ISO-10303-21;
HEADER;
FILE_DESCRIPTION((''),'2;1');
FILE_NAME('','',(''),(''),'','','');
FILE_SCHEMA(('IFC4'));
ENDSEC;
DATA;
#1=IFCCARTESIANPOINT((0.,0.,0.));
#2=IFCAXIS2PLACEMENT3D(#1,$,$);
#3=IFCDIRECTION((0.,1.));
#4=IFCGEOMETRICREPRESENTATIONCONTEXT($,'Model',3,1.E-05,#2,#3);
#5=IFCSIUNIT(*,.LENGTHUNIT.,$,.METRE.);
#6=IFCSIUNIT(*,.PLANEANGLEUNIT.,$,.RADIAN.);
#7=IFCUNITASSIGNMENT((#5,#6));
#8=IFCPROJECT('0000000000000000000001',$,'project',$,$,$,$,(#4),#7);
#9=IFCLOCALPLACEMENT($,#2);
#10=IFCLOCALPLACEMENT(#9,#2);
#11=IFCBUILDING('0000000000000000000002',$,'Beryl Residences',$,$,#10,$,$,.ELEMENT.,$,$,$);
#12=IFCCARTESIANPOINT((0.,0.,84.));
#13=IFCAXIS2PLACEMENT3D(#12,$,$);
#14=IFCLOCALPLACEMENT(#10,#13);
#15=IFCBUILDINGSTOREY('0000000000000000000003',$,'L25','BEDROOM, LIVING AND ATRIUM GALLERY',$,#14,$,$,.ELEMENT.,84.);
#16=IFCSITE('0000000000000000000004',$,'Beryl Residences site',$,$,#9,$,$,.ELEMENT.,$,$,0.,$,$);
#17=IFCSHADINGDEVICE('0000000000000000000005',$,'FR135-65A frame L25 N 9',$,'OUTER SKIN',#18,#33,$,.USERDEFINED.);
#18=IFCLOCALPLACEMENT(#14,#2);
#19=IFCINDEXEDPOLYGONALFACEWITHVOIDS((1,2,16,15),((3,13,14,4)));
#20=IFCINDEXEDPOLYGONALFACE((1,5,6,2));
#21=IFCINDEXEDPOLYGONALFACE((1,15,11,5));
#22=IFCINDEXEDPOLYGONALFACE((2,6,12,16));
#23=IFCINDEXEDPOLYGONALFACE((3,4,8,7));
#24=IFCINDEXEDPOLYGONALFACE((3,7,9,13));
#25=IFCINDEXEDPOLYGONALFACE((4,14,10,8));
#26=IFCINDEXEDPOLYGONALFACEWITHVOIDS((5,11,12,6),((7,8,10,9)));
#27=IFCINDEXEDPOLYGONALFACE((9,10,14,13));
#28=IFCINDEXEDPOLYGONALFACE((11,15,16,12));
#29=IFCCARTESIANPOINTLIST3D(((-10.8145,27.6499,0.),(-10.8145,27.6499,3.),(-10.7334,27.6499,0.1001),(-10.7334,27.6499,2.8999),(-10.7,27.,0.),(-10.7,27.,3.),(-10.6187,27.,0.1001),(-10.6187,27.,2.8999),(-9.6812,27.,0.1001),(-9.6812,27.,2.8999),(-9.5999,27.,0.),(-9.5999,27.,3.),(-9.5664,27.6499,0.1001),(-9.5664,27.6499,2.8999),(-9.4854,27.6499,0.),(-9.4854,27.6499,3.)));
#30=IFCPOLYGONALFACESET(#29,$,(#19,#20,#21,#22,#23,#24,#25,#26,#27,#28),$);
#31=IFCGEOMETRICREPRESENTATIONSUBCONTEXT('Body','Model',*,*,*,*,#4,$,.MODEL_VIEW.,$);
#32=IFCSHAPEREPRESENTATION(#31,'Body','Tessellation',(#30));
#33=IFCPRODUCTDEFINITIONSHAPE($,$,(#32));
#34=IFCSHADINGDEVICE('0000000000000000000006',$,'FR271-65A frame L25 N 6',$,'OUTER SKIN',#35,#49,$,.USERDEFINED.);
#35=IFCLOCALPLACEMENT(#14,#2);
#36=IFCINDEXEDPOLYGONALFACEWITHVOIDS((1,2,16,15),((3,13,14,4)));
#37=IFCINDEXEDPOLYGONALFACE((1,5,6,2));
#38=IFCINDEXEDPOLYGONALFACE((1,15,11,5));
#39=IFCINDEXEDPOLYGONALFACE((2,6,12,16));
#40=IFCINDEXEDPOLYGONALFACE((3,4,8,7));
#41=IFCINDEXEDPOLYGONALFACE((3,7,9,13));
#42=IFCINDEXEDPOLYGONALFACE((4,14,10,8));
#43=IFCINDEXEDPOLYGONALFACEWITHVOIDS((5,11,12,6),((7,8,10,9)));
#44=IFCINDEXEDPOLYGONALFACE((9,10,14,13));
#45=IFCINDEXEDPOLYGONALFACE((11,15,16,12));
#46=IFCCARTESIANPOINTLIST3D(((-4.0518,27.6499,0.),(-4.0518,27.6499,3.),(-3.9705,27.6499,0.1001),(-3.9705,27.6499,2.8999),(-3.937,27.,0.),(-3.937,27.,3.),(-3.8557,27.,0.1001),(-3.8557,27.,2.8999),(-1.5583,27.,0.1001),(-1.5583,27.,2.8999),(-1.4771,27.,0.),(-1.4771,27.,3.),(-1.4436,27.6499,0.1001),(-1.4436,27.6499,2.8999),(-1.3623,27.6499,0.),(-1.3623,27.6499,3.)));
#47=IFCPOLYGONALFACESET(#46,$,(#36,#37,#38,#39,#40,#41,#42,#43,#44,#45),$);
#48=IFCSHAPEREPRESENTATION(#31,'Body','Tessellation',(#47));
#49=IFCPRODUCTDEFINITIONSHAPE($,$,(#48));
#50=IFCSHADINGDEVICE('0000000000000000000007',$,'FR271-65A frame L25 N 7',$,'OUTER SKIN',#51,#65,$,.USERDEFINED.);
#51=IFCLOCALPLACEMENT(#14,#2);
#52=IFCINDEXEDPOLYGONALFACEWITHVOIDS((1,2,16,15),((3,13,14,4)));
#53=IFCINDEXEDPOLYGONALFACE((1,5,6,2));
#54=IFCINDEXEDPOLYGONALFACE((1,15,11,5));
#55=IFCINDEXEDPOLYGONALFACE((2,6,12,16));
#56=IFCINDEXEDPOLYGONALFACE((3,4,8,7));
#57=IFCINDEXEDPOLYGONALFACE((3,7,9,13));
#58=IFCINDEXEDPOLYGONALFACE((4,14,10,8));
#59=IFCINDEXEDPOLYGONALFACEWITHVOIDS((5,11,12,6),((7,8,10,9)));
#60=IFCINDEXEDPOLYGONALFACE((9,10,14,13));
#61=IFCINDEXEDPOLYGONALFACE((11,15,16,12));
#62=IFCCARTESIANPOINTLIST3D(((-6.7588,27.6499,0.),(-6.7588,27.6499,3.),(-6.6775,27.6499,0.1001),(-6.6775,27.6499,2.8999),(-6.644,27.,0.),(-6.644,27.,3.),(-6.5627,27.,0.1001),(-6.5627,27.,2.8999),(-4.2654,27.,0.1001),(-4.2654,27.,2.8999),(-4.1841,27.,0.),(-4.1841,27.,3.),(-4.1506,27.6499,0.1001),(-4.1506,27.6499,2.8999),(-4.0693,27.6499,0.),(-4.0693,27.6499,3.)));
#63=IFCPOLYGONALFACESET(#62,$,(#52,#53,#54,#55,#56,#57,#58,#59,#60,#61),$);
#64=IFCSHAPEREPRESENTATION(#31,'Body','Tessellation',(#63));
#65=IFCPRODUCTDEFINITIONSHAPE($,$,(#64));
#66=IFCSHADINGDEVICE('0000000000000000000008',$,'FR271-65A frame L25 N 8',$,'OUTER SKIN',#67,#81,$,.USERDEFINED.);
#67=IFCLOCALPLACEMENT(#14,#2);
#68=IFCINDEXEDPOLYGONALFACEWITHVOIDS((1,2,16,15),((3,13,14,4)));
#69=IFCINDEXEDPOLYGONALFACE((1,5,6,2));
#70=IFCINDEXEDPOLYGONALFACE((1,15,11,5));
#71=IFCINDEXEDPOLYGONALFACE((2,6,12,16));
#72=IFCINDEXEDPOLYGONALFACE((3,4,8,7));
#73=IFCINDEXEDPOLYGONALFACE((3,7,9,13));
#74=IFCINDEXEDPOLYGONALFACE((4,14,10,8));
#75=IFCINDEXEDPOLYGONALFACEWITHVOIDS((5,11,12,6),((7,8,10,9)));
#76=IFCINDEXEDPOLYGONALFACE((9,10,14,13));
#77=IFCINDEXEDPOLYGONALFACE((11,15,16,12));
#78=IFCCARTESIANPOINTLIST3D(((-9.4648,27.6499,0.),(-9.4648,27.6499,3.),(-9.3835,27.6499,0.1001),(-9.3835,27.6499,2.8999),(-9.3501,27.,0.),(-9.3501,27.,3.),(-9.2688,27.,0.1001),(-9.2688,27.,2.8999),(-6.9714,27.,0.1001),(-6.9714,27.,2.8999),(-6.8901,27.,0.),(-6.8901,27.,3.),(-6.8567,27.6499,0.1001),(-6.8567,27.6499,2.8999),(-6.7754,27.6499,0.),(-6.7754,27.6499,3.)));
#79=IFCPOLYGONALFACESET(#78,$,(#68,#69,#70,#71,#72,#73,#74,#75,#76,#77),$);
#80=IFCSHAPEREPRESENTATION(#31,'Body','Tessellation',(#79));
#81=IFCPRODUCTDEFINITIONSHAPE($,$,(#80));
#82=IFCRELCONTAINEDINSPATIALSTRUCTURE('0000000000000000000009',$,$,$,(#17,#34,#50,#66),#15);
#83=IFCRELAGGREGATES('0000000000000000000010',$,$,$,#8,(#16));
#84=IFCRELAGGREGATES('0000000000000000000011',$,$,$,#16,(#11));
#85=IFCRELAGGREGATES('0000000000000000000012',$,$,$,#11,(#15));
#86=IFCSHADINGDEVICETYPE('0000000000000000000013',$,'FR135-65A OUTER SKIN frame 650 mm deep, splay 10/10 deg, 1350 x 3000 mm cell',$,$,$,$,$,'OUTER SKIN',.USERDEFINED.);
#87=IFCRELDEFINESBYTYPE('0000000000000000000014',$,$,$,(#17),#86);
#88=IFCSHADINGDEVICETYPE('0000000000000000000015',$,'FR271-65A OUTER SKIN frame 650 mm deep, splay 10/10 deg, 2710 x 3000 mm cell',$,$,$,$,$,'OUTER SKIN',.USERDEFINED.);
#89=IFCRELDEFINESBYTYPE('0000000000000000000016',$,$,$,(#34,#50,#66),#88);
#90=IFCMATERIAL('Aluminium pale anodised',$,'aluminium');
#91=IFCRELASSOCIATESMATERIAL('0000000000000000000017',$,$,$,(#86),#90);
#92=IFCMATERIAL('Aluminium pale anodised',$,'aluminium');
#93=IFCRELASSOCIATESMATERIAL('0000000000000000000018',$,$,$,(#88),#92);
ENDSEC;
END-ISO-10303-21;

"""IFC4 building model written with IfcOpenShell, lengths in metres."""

from ifc_helpers import new_model, entity, si_unit, direction, frame, origin, place, context, subcontext, project, spatial, source, transform, mapped, material, type_object, type_shapes, element, save


model = new_model("IFC4")

# Units and contexts
model_context = context("Model", 3, precision=1e-05, world=origin(), true_north=direction((0.0, 1.0)))
body_context = subcontext(model_context, "Body", "Model", "MODEL_VIEW")
ifc_project = project(units=[si_unit("LENGTHUNIT", "METRE"), si_unit("PLANEANGLEUNIT", "RADIAN")], contexts=[model_context])

# Site, building, storey
site_placement = place(None, origin())
site = spatial("IfcSite", under=ifc_project, at=site_placement, Name="Beryl Residences site", CompositionType="ELEMENT", RefElevation=0.0)
building_placement = place(site_placement, origin())
building = spatial("IfcBuilding", under=site, at=building_placement, Name="Beryl Residences", CompositionType="ELEMENT")
storey_placement = place(building_placement, frame((0.0, 0.0, 84.0)))
storey = spatial("IfcBuildingStorey", under=building, at=storey_placement, Name="L25", Description="BEDROOM, LIVING AND ATRIUM GALLERY", CompositionType="ELEMENT", Elevation=84.0)

# Shading devices
ifc_material_1 = material(Name="Aluminium pale anodised", Category="aluminium")
shading_device_type_1 = type_object("IfcShadingDeviceType", Name="FR135-65A OUTER SKIN frame 650 mm deep, splay 10/10 deg, 1350 x 3000 mm cell", ElementType="OUTER SKIN", PredefinedType="USERDEFINED", material=ifc_material_1)
cartesian_point_1 = entity("IfcCartesianPoint", [-0.55, 0.0])
cartesian_point_2 = entity("IfcCartesianPoint", [-0.4688, 0.1001])
cartesian_point_3 = entity("IfcCartesianPoint", [-0.6646, 0.0])
cartesian_point_4 = entity("IfcCartesianPoint", [-0.5835, 0.1001])
shared_shape_1 = source(origin(), body_context, "Body", "SweptSolid", [
    entity("IfcExtrudedAreaSolidTapered", entity("IfcArbitraryProfileDefWithVoids", "AREA", None, entity("IfcPolyline", [cartesian_point_1, entity("IfcCartesianPoint", [0.55, 0.0]), entity("IfcCartesianPoint", [0.55, 3.0]), entity("IfcCartesianPoint", [-0.55, 3.0]), cartesian_point_1]), [entity("IfcPolyline", [cartesian_point_2, entity("IfcCartesianPoint", [0.4688, 0.1001]), entity("IfcCartesianPoint", [0.4688, 2.8999]), entity("IfcCartesianPoint", [-0.4688, 2.8999]), cartesian_point_2])]), entity("IfcAxis2Placement3D", entity("IfcCartesianPoint", [0.0, 0.0, 0.0]), entity("IfcDirection", [0.0, 1.0, 0.0]), entity("IfcDirection", [-1.0, 0.0, 0.0])), entity("IfcDirection", [0.0, 0.0, 1.0]), 0.6499, entity("IfcArbitraryProfileDefWithVoids", "AREA", None, entity("IfcPolyline", [cartesian_point_3, entity("IfcCartesianPoint", [0.6646, 0.0]), entity("IfcCartesianPoint", [0.6646, 3.0]), entity("IfcCartesianPoint", [-0.6646, 3.0]), cartesian_point_3]), [entity("IfcPolyline", [cartesian_point_4, entity("IfcCartesianPoint", [0.5835, 0.1001]), entity("IfcCartesianPoint", [0.5835, 2.8999]), entity("IfcCartesianPoint", [-0.5835, 2.8999]), cartesian_point_4])])),
])
type_shapes(shading_device_type_1, [shared_shape_1])
shading_device_placement = place(storey_placement, frame((-10.1499, 27.0, 0.0), z_axis=(0.0, 0.0, 1.0), x_axis=(1.0, 0.0, 0.0)))
element("IfcShadingDevice", 1, at=shading_device_placement, inside=storey, type_object=shading_device_type_1, Name="FR135-65A frame L25 N 9", ObjectType="OUTER SKIN", PredefinedType="USERDEFINED", context=body_context, shape_type="MappedRepresentation", body=[
    mapped(shared_shape_1, transform((0.0, 0.0, 0.0))),
])
ifc_material_2 = material(Name="Aluminium pale anodised", Category="aluminium")
shading_device_type_2 = type_object("IfcShadingDeviceType", Name="FR271-65A OUTER SKIN frame 650 mm deep, splay 10/10 deg, 2710 x 3000 mm cell", ElementType="OUTER SKIN", PredefinedType="USERDEFINED", material=ifc_material_2)
cartesian_point_5 = entity("IfcCartesianPoint", [-1.23, 0.0])
cartesian_point_6 = entity("IfcCartesianPoint", [-1.1487, 0.1001])
cartesian_point_7 = entity("IfcCartesianPoint", [-1.3447, 0.0])
cartesian_point_8 = entity("IfcCartesianPoint", [-1.2634, 0.1001])
shared_shape_2 = source(origin(), body_context, "Body", "SweptSolid", [
    entity("IfcExtrudedAreaSolidTapered", entity("IfcArbitraryProfileDefWithVoids", "AREA", None, entity("IfcPolyline", [cartesian_point_5, entity("IfcCartesianPoint", [1.23, 0.0]), entity("IfcCartesianPoint", [1.23, 3.0]), entity("IfcCartesianPoint", [-1.23, 3.0]), cartesian_point_5]), [entity("IfcPolyline", [cartesian_point_6, entity("IfcCartesianPoint", [1.1487, 0.1001]), entity("IfcCartesianPoint", [1.1487, 2.8999]), entity("IfcCartesianPoint", [-1.1487, 2.8999]), cartesian_point_6])]), entity("IfcAxis2Placement3D", entity("IfcCartesianPoint", [0.0, 0.0, 0.0]), entity("IfcDirection", [0.0, 1.0, 0.0]), entity("IfcDirection", [-1.0, 0.0, 0.0])), entity("IfcDirection", [0.0, 0.0, 1.0]), 0.6499, entity("IfcArbitraryProfileDefWithVoids", "AREA", None, entity("IfcPolyline", [cartesian_point_7, entity("IfcCartesianPoint", [1.3447, 0.0]), entity("IfcCartesianPoint", [1.3447, 3.0]), entity("IfcCartesianPoint", [-1.3447, 3.0]), cartesian_point_7]), [entity("IfcPolyline", [cartesian_point_8, entity("IfcCartesianPoint", [1.2634, 0.1001]), entity("IfcCartesianPoint", [1.2634, 2.8999]), entity("IfcCartesianPoint", [-1.2634, 2.8999]), cartesian_point_8])])),
])
type_shapes(shading_device_type_2, [shared_shape_2])
for number, where, z_axis, x_axis, name in (
    (2, (-2.707, 27.0, 0.0), (0.0, 0.0, 1.0), (1.0, 0.0, 0.0), "FR271-65A frame L25 N 6"),
    (3, (-5.4141, 27.0, 0.0), (0.0, 0.0, 1.0), (1.0, 0.0, 0.0), "FR271-65A frame L25 N 7"),
    (4, (-8.1201, 27.0, 0.0), (0.0, 0.0, 1.0), (1.0, 0.0, 0.0), "FR271-65A frame L25 N 8"),
):
    element("IfcShadingDevice", number, at=place(storey_placement, frame(where, z_axis=z_axis, x_axis=x_axis)), inside=storey, type_object=shading_device_type_2, Name=name, ObjectType="OUTER SKIN", PredefinedType="USERDEFINED", context=body_context, shape_type="MappedRepresentation", body=[
        mapped(shared_shape_2, transform((0.0, 0.0, 0.0))),
    ])

save(model, "model.ifc")
